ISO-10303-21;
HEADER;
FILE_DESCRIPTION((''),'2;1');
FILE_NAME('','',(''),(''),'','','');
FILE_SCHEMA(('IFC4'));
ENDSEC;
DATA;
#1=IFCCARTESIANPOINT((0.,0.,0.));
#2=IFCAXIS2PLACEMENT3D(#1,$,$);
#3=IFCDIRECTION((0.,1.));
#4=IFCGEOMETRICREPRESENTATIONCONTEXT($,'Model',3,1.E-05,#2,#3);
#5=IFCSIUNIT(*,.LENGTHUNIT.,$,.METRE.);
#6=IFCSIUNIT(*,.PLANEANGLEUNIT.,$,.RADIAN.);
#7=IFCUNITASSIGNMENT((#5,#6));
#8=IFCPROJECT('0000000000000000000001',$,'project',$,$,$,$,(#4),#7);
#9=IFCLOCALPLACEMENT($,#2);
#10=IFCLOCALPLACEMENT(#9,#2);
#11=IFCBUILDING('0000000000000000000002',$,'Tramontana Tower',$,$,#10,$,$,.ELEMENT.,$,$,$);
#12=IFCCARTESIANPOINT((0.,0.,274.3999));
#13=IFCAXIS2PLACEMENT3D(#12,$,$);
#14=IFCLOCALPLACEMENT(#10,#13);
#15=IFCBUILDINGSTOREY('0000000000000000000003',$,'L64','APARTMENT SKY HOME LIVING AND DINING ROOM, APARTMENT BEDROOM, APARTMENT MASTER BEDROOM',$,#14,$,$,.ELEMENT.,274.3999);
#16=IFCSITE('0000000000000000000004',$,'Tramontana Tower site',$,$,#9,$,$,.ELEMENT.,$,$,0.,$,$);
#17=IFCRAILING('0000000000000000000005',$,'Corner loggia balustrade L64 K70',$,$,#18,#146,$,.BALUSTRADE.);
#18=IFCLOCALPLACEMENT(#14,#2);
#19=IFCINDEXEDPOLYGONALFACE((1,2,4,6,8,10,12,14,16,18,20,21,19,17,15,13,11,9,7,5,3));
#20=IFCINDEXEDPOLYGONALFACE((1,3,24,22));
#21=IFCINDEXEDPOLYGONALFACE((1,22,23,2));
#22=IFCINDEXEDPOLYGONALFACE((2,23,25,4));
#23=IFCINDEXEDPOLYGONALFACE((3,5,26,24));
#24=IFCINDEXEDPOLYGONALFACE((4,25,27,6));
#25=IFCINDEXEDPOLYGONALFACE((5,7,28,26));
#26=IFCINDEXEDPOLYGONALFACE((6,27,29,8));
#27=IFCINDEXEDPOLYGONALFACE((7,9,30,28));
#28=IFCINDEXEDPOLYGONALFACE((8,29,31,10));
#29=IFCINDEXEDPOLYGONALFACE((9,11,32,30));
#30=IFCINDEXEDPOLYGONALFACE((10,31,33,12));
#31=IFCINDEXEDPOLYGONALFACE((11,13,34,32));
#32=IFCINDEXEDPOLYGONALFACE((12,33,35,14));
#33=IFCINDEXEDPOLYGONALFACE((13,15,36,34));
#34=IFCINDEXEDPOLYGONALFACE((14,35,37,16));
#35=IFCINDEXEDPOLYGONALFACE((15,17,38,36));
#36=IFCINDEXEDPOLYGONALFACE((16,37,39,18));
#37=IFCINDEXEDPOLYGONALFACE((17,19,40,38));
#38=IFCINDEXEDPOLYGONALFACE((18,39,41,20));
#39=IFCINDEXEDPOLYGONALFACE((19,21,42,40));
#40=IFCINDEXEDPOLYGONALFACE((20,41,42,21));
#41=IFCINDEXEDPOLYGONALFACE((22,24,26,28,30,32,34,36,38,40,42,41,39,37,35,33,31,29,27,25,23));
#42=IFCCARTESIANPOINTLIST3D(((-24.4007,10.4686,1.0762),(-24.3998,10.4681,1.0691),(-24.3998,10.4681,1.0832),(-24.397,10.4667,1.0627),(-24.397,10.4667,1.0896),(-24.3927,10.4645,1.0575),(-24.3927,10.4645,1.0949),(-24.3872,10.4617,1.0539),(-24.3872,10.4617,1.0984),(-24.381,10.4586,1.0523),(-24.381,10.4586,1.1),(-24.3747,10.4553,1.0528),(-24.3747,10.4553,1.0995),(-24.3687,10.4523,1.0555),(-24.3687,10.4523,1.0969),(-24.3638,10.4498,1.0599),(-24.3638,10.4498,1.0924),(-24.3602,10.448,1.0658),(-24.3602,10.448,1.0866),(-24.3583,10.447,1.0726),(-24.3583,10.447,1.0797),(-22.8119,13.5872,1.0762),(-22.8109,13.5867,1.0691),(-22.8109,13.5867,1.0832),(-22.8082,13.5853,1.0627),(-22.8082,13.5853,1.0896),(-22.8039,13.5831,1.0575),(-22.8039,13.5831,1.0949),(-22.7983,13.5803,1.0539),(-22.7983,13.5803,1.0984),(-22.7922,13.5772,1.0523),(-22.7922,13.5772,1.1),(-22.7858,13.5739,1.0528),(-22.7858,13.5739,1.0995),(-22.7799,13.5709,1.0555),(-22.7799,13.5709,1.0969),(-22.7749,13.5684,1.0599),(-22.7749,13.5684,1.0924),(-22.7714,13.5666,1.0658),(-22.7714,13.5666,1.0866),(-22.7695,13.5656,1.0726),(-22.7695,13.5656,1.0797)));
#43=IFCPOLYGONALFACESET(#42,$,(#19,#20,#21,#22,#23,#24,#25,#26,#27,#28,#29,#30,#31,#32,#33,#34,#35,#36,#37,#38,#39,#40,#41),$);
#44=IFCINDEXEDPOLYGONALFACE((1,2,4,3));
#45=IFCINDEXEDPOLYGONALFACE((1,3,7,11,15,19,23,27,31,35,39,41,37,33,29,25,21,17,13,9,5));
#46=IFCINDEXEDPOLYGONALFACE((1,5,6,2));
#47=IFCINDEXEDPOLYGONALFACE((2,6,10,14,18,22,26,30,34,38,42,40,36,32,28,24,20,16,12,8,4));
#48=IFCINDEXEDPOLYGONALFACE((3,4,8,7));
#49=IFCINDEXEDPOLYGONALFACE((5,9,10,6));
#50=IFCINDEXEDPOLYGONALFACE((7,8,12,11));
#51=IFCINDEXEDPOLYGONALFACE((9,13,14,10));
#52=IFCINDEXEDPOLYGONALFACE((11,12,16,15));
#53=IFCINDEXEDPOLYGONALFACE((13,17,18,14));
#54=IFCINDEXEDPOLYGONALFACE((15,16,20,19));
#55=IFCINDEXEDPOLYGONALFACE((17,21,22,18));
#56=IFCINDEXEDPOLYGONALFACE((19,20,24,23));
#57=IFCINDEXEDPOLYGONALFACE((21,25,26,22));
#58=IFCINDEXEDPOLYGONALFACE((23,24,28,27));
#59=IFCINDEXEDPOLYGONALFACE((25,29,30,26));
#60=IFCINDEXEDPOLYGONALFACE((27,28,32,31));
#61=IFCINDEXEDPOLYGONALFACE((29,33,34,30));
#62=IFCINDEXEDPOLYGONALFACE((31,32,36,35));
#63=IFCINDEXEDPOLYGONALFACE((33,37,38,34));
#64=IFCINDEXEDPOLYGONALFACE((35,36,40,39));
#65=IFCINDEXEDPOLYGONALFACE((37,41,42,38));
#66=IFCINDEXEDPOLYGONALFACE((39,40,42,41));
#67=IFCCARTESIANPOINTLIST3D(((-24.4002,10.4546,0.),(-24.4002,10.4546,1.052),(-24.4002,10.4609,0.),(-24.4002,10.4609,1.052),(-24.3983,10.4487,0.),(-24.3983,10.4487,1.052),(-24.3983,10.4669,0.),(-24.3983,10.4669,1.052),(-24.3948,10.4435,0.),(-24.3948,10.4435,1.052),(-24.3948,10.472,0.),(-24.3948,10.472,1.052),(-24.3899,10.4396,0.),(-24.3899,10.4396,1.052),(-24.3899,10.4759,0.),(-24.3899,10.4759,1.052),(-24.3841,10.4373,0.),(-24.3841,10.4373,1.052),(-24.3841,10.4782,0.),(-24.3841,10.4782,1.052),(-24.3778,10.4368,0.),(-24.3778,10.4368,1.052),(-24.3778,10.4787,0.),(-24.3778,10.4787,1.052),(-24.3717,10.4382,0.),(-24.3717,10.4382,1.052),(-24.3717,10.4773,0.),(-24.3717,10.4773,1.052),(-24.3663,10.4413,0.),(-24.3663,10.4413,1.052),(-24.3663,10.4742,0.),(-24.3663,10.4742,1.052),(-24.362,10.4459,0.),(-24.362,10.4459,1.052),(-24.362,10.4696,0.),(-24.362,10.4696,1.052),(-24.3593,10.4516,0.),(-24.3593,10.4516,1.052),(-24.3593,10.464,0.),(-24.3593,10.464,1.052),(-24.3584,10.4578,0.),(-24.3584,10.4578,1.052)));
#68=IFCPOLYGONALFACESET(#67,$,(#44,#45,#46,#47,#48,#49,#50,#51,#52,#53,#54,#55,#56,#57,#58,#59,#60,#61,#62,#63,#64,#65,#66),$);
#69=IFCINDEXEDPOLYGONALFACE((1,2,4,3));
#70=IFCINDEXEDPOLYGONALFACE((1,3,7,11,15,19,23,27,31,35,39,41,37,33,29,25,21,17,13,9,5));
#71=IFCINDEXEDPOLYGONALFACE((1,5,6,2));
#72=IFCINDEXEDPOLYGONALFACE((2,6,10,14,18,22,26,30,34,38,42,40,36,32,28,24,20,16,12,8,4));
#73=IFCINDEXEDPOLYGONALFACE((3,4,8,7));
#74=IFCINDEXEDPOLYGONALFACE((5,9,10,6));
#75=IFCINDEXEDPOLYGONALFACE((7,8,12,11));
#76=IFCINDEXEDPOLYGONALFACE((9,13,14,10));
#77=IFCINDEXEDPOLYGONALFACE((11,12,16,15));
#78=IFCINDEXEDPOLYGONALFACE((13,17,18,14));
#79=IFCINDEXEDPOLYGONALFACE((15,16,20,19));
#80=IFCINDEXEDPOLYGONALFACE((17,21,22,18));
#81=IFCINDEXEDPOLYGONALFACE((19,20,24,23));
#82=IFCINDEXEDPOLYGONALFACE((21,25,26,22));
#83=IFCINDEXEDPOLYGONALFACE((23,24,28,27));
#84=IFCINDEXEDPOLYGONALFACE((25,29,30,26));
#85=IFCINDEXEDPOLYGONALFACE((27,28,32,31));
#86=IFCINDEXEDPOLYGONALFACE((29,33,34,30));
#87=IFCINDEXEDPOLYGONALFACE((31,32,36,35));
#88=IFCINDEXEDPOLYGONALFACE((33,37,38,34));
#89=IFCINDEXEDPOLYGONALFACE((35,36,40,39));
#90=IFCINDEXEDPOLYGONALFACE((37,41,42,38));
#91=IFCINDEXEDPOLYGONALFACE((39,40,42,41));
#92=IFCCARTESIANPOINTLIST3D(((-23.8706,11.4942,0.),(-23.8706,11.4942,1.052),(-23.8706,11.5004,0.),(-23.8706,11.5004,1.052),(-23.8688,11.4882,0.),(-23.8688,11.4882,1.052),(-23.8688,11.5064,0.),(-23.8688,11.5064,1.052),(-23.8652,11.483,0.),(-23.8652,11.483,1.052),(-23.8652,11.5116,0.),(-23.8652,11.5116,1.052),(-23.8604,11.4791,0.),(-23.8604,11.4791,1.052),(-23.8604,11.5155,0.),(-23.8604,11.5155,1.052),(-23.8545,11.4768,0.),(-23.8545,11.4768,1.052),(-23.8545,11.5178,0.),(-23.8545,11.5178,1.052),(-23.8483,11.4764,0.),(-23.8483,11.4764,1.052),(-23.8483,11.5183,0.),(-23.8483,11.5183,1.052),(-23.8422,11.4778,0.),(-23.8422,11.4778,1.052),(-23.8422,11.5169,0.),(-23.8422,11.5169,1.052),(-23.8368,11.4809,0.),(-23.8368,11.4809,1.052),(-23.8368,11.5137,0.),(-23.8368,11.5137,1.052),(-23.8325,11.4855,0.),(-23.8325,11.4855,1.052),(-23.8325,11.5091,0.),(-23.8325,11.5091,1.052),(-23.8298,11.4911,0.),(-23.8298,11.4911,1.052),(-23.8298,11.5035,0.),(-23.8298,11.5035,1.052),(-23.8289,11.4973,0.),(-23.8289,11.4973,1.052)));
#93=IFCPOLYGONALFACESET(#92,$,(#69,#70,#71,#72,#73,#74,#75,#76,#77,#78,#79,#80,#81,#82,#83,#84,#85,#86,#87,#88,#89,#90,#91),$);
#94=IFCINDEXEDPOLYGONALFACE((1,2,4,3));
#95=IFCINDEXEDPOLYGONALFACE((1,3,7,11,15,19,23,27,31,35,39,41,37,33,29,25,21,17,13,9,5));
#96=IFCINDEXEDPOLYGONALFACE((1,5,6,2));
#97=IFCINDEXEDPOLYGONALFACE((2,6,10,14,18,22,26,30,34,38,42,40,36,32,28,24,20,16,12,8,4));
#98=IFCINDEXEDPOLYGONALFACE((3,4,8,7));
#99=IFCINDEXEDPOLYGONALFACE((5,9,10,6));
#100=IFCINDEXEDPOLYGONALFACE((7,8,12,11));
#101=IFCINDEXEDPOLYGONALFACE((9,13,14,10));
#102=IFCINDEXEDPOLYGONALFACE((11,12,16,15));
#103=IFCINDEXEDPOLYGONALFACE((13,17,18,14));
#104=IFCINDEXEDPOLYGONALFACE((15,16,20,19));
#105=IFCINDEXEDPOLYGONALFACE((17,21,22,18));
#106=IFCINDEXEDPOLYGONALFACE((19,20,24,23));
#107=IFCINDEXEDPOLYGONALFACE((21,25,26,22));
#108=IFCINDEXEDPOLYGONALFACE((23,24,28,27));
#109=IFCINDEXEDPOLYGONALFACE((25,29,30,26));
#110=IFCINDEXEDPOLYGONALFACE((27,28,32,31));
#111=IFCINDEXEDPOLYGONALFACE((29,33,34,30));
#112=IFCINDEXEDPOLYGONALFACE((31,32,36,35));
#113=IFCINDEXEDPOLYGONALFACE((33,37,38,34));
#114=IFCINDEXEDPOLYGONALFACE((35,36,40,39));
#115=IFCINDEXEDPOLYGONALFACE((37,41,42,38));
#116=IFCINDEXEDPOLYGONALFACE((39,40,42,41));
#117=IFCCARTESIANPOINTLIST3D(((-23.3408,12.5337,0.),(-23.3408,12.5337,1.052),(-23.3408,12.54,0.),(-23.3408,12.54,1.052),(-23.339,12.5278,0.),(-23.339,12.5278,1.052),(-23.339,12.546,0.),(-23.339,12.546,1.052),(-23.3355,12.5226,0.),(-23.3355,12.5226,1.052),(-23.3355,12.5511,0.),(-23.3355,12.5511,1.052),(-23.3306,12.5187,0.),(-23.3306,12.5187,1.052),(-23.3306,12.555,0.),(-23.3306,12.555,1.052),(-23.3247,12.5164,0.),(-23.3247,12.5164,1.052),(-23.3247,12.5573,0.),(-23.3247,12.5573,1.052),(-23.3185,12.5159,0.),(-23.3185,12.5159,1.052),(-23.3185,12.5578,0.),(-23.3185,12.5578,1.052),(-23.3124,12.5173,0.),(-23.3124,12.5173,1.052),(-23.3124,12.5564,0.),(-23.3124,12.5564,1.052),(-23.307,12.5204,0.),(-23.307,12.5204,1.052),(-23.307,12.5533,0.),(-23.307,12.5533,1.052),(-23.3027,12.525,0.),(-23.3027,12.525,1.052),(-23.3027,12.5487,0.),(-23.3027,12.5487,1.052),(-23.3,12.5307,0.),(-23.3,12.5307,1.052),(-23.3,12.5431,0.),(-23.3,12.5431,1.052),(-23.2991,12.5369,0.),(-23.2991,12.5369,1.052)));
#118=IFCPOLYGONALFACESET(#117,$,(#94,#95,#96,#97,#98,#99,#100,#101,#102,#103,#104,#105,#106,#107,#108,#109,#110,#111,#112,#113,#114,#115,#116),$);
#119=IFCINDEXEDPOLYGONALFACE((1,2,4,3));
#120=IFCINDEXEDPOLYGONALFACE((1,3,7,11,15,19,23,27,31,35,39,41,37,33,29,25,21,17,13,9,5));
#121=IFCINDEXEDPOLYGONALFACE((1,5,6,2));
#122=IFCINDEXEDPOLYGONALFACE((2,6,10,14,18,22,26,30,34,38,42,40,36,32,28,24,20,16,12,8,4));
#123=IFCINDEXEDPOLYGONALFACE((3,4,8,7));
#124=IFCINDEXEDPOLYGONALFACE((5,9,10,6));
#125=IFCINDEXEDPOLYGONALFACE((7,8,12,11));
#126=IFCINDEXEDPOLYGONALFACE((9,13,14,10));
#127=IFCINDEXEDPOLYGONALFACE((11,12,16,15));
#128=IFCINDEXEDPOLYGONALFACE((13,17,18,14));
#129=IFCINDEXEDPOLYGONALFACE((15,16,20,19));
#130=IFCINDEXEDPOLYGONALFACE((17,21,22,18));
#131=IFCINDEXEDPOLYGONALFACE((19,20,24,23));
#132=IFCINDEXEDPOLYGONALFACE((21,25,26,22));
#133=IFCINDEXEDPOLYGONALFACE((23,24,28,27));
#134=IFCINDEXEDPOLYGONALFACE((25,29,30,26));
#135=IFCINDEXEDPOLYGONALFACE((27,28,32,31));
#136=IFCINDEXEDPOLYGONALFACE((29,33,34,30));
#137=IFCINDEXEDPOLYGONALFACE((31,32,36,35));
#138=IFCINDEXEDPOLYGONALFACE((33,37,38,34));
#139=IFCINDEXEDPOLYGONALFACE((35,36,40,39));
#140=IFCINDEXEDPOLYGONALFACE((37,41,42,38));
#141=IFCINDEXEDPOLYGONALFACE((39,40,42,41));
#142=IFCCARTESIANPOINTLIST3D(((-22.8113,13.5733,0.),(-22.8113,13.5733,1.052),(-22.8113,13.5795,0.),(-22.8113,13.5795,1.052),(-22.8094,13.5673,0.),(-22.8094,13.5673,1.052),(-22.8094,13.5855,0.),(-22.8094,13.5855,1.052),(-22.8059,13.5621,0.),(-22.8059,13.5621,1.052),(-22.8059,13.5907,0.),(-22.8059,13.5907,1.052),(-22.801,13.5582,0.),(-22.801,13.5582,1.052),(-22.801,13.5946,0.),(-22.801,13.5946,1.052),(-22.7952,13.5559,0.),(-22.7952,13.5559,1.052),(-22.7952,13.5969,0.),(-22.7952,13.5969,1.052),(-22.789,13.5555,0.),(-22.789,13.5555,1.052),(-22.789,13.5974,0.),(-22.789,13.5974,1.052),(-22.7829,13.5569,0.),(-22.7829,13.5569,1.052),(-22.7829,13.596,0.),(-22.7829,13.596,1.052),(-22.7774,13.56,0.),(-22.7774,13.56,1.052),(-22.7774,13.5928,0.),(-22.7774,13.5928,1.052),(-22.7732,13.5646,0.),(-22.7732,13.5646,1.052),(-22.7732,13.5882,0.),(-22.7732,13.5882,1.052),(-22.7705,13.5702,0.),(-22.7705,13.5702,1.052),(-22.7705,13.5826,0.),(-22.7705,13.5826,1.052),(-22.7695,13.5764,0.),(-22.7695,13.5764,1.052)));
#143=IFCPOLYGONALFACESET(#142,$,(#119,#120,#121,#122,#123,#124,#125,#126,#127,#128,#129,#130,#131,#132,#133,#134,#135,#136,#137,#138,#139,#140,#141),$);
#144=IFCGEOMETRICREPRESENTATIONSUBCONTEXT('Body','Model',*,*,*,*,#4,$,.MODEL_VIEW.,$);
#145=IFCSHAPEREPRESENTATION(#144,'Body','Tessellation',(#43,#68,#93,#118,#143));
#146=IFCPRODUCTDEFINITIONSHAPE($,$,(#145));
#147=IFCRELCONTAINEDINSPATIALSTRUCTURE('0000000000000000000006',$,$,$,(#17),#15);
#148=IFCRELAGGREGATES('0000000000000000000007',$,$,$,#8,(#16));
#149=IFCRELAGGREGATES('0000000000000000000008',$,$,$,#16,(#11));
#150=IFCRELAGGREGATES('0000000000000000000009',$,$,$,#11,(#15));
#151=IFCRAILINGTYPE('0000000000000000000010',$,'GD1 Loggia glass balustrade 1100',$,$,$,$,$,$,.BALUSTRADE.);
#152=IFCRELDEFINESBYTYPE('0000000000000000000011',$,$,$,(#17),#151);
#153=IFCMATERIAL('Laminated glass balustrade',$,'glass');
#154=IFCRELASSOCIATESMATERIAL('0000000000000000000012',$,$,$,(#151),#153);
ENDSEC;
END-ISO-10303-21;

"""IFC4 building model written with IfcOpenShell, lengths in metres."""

from ifc_helpers import new_model, si_unit, direction, frame, origin, origin_2d, place, context, subcontext, project, spatial, circle, extrude, material, type_object, element, save


model = new_model("IFC4")

# Units and contexts
model_context = context("Model", 3, precision=1e-05, world=origin(), true_north=direction((0.0, 1.0)))
body_context = subcontext(model_context, "Body", "Model", "MODEL_VIEW")
ifc_project = project(units=[si_unit("LENGTHUNIT", "METRE"), si_unit("PLANEANGLEUNIT", "RADIAN")], contexts=[model_context])

# Site, building, storey
site_placement = place(None, origin())
site = spatial("IfcSite", under=ifc_project, at=site_placement, Name="Tramontana Tower site", CompositionType="ELEMENT", RefElevation=0.0)
building_placement = place(site_placement, origin())
building = spatial("IfcBuilding", under=site, at=building_placement, Name="Tramontana Tower", CompositionType="ELEMENT")
storey_placement = place(building_placement, frame((0.0, 0.0, 274.3999)))
storey = spatial("IfcBuildingStorey", under=building, at=storey_placement, Name="L64", Description="APARTMENT SKY HOME LIVING AND DINING ROOM, APARTMENT BEDROOM, APARTMENT MASTER BEDROOM", CompositionType="ELEMENT", Elevation=274.3999)

# Railing
ifc_material_1 = material(Name="Laminated glass balustrade", Category="glass")
railing_type = type_object("IfcRailingType", Name="GD1 Loggia glass balustrade 1100", PredefinedType="BALUSTRADE", material=ifc_material_1)
railing_1_placement = place(storey_placement, frame((-24.3794, 10.4578, 0.0)))
element("IfcRailing", 1, at=railing_1_placement, inside=storey, type_object=railing_type, Name="Corner loggia balustrade L64 K70", PredefinedType="BALUSTRADE", context=body_context, shape_type="SweptSolid", body=[
    extrude(circle(Radius=0.0239, at=origin_2d()), frame((0.0, 0.0, 1.0762), z_axis=(0.453953, 0.891026, 0.0), x_axis=(-0.891026, 0.453953, 0.0)), (0.0, 0.0, 1.0), 3.5),
    extrude(circle(Radius=0.021, at=origin_2d()), origin(), (0.0, 0.0, 1.0), 1.052),
    extrude(circle(Radius=0.021, at=origin_2d()), frame((0.5295, 1.0396, 0.0)), (0.0, 0.0, 1.0), 1.052),
    extrude(circle(Radius=0.021, at=origin_2d()), frame((1.0593, 2.0791, 0.0)), (0.0, 0.0, 1.0), 1.052),
    extrude(circle(Radius=0.021, at=origin_2d()), frame((1.5889, 3.1187, 0.0)), (0.0, 0.0, 1.0), 1.052),
])

save(model, "model.ifc")
